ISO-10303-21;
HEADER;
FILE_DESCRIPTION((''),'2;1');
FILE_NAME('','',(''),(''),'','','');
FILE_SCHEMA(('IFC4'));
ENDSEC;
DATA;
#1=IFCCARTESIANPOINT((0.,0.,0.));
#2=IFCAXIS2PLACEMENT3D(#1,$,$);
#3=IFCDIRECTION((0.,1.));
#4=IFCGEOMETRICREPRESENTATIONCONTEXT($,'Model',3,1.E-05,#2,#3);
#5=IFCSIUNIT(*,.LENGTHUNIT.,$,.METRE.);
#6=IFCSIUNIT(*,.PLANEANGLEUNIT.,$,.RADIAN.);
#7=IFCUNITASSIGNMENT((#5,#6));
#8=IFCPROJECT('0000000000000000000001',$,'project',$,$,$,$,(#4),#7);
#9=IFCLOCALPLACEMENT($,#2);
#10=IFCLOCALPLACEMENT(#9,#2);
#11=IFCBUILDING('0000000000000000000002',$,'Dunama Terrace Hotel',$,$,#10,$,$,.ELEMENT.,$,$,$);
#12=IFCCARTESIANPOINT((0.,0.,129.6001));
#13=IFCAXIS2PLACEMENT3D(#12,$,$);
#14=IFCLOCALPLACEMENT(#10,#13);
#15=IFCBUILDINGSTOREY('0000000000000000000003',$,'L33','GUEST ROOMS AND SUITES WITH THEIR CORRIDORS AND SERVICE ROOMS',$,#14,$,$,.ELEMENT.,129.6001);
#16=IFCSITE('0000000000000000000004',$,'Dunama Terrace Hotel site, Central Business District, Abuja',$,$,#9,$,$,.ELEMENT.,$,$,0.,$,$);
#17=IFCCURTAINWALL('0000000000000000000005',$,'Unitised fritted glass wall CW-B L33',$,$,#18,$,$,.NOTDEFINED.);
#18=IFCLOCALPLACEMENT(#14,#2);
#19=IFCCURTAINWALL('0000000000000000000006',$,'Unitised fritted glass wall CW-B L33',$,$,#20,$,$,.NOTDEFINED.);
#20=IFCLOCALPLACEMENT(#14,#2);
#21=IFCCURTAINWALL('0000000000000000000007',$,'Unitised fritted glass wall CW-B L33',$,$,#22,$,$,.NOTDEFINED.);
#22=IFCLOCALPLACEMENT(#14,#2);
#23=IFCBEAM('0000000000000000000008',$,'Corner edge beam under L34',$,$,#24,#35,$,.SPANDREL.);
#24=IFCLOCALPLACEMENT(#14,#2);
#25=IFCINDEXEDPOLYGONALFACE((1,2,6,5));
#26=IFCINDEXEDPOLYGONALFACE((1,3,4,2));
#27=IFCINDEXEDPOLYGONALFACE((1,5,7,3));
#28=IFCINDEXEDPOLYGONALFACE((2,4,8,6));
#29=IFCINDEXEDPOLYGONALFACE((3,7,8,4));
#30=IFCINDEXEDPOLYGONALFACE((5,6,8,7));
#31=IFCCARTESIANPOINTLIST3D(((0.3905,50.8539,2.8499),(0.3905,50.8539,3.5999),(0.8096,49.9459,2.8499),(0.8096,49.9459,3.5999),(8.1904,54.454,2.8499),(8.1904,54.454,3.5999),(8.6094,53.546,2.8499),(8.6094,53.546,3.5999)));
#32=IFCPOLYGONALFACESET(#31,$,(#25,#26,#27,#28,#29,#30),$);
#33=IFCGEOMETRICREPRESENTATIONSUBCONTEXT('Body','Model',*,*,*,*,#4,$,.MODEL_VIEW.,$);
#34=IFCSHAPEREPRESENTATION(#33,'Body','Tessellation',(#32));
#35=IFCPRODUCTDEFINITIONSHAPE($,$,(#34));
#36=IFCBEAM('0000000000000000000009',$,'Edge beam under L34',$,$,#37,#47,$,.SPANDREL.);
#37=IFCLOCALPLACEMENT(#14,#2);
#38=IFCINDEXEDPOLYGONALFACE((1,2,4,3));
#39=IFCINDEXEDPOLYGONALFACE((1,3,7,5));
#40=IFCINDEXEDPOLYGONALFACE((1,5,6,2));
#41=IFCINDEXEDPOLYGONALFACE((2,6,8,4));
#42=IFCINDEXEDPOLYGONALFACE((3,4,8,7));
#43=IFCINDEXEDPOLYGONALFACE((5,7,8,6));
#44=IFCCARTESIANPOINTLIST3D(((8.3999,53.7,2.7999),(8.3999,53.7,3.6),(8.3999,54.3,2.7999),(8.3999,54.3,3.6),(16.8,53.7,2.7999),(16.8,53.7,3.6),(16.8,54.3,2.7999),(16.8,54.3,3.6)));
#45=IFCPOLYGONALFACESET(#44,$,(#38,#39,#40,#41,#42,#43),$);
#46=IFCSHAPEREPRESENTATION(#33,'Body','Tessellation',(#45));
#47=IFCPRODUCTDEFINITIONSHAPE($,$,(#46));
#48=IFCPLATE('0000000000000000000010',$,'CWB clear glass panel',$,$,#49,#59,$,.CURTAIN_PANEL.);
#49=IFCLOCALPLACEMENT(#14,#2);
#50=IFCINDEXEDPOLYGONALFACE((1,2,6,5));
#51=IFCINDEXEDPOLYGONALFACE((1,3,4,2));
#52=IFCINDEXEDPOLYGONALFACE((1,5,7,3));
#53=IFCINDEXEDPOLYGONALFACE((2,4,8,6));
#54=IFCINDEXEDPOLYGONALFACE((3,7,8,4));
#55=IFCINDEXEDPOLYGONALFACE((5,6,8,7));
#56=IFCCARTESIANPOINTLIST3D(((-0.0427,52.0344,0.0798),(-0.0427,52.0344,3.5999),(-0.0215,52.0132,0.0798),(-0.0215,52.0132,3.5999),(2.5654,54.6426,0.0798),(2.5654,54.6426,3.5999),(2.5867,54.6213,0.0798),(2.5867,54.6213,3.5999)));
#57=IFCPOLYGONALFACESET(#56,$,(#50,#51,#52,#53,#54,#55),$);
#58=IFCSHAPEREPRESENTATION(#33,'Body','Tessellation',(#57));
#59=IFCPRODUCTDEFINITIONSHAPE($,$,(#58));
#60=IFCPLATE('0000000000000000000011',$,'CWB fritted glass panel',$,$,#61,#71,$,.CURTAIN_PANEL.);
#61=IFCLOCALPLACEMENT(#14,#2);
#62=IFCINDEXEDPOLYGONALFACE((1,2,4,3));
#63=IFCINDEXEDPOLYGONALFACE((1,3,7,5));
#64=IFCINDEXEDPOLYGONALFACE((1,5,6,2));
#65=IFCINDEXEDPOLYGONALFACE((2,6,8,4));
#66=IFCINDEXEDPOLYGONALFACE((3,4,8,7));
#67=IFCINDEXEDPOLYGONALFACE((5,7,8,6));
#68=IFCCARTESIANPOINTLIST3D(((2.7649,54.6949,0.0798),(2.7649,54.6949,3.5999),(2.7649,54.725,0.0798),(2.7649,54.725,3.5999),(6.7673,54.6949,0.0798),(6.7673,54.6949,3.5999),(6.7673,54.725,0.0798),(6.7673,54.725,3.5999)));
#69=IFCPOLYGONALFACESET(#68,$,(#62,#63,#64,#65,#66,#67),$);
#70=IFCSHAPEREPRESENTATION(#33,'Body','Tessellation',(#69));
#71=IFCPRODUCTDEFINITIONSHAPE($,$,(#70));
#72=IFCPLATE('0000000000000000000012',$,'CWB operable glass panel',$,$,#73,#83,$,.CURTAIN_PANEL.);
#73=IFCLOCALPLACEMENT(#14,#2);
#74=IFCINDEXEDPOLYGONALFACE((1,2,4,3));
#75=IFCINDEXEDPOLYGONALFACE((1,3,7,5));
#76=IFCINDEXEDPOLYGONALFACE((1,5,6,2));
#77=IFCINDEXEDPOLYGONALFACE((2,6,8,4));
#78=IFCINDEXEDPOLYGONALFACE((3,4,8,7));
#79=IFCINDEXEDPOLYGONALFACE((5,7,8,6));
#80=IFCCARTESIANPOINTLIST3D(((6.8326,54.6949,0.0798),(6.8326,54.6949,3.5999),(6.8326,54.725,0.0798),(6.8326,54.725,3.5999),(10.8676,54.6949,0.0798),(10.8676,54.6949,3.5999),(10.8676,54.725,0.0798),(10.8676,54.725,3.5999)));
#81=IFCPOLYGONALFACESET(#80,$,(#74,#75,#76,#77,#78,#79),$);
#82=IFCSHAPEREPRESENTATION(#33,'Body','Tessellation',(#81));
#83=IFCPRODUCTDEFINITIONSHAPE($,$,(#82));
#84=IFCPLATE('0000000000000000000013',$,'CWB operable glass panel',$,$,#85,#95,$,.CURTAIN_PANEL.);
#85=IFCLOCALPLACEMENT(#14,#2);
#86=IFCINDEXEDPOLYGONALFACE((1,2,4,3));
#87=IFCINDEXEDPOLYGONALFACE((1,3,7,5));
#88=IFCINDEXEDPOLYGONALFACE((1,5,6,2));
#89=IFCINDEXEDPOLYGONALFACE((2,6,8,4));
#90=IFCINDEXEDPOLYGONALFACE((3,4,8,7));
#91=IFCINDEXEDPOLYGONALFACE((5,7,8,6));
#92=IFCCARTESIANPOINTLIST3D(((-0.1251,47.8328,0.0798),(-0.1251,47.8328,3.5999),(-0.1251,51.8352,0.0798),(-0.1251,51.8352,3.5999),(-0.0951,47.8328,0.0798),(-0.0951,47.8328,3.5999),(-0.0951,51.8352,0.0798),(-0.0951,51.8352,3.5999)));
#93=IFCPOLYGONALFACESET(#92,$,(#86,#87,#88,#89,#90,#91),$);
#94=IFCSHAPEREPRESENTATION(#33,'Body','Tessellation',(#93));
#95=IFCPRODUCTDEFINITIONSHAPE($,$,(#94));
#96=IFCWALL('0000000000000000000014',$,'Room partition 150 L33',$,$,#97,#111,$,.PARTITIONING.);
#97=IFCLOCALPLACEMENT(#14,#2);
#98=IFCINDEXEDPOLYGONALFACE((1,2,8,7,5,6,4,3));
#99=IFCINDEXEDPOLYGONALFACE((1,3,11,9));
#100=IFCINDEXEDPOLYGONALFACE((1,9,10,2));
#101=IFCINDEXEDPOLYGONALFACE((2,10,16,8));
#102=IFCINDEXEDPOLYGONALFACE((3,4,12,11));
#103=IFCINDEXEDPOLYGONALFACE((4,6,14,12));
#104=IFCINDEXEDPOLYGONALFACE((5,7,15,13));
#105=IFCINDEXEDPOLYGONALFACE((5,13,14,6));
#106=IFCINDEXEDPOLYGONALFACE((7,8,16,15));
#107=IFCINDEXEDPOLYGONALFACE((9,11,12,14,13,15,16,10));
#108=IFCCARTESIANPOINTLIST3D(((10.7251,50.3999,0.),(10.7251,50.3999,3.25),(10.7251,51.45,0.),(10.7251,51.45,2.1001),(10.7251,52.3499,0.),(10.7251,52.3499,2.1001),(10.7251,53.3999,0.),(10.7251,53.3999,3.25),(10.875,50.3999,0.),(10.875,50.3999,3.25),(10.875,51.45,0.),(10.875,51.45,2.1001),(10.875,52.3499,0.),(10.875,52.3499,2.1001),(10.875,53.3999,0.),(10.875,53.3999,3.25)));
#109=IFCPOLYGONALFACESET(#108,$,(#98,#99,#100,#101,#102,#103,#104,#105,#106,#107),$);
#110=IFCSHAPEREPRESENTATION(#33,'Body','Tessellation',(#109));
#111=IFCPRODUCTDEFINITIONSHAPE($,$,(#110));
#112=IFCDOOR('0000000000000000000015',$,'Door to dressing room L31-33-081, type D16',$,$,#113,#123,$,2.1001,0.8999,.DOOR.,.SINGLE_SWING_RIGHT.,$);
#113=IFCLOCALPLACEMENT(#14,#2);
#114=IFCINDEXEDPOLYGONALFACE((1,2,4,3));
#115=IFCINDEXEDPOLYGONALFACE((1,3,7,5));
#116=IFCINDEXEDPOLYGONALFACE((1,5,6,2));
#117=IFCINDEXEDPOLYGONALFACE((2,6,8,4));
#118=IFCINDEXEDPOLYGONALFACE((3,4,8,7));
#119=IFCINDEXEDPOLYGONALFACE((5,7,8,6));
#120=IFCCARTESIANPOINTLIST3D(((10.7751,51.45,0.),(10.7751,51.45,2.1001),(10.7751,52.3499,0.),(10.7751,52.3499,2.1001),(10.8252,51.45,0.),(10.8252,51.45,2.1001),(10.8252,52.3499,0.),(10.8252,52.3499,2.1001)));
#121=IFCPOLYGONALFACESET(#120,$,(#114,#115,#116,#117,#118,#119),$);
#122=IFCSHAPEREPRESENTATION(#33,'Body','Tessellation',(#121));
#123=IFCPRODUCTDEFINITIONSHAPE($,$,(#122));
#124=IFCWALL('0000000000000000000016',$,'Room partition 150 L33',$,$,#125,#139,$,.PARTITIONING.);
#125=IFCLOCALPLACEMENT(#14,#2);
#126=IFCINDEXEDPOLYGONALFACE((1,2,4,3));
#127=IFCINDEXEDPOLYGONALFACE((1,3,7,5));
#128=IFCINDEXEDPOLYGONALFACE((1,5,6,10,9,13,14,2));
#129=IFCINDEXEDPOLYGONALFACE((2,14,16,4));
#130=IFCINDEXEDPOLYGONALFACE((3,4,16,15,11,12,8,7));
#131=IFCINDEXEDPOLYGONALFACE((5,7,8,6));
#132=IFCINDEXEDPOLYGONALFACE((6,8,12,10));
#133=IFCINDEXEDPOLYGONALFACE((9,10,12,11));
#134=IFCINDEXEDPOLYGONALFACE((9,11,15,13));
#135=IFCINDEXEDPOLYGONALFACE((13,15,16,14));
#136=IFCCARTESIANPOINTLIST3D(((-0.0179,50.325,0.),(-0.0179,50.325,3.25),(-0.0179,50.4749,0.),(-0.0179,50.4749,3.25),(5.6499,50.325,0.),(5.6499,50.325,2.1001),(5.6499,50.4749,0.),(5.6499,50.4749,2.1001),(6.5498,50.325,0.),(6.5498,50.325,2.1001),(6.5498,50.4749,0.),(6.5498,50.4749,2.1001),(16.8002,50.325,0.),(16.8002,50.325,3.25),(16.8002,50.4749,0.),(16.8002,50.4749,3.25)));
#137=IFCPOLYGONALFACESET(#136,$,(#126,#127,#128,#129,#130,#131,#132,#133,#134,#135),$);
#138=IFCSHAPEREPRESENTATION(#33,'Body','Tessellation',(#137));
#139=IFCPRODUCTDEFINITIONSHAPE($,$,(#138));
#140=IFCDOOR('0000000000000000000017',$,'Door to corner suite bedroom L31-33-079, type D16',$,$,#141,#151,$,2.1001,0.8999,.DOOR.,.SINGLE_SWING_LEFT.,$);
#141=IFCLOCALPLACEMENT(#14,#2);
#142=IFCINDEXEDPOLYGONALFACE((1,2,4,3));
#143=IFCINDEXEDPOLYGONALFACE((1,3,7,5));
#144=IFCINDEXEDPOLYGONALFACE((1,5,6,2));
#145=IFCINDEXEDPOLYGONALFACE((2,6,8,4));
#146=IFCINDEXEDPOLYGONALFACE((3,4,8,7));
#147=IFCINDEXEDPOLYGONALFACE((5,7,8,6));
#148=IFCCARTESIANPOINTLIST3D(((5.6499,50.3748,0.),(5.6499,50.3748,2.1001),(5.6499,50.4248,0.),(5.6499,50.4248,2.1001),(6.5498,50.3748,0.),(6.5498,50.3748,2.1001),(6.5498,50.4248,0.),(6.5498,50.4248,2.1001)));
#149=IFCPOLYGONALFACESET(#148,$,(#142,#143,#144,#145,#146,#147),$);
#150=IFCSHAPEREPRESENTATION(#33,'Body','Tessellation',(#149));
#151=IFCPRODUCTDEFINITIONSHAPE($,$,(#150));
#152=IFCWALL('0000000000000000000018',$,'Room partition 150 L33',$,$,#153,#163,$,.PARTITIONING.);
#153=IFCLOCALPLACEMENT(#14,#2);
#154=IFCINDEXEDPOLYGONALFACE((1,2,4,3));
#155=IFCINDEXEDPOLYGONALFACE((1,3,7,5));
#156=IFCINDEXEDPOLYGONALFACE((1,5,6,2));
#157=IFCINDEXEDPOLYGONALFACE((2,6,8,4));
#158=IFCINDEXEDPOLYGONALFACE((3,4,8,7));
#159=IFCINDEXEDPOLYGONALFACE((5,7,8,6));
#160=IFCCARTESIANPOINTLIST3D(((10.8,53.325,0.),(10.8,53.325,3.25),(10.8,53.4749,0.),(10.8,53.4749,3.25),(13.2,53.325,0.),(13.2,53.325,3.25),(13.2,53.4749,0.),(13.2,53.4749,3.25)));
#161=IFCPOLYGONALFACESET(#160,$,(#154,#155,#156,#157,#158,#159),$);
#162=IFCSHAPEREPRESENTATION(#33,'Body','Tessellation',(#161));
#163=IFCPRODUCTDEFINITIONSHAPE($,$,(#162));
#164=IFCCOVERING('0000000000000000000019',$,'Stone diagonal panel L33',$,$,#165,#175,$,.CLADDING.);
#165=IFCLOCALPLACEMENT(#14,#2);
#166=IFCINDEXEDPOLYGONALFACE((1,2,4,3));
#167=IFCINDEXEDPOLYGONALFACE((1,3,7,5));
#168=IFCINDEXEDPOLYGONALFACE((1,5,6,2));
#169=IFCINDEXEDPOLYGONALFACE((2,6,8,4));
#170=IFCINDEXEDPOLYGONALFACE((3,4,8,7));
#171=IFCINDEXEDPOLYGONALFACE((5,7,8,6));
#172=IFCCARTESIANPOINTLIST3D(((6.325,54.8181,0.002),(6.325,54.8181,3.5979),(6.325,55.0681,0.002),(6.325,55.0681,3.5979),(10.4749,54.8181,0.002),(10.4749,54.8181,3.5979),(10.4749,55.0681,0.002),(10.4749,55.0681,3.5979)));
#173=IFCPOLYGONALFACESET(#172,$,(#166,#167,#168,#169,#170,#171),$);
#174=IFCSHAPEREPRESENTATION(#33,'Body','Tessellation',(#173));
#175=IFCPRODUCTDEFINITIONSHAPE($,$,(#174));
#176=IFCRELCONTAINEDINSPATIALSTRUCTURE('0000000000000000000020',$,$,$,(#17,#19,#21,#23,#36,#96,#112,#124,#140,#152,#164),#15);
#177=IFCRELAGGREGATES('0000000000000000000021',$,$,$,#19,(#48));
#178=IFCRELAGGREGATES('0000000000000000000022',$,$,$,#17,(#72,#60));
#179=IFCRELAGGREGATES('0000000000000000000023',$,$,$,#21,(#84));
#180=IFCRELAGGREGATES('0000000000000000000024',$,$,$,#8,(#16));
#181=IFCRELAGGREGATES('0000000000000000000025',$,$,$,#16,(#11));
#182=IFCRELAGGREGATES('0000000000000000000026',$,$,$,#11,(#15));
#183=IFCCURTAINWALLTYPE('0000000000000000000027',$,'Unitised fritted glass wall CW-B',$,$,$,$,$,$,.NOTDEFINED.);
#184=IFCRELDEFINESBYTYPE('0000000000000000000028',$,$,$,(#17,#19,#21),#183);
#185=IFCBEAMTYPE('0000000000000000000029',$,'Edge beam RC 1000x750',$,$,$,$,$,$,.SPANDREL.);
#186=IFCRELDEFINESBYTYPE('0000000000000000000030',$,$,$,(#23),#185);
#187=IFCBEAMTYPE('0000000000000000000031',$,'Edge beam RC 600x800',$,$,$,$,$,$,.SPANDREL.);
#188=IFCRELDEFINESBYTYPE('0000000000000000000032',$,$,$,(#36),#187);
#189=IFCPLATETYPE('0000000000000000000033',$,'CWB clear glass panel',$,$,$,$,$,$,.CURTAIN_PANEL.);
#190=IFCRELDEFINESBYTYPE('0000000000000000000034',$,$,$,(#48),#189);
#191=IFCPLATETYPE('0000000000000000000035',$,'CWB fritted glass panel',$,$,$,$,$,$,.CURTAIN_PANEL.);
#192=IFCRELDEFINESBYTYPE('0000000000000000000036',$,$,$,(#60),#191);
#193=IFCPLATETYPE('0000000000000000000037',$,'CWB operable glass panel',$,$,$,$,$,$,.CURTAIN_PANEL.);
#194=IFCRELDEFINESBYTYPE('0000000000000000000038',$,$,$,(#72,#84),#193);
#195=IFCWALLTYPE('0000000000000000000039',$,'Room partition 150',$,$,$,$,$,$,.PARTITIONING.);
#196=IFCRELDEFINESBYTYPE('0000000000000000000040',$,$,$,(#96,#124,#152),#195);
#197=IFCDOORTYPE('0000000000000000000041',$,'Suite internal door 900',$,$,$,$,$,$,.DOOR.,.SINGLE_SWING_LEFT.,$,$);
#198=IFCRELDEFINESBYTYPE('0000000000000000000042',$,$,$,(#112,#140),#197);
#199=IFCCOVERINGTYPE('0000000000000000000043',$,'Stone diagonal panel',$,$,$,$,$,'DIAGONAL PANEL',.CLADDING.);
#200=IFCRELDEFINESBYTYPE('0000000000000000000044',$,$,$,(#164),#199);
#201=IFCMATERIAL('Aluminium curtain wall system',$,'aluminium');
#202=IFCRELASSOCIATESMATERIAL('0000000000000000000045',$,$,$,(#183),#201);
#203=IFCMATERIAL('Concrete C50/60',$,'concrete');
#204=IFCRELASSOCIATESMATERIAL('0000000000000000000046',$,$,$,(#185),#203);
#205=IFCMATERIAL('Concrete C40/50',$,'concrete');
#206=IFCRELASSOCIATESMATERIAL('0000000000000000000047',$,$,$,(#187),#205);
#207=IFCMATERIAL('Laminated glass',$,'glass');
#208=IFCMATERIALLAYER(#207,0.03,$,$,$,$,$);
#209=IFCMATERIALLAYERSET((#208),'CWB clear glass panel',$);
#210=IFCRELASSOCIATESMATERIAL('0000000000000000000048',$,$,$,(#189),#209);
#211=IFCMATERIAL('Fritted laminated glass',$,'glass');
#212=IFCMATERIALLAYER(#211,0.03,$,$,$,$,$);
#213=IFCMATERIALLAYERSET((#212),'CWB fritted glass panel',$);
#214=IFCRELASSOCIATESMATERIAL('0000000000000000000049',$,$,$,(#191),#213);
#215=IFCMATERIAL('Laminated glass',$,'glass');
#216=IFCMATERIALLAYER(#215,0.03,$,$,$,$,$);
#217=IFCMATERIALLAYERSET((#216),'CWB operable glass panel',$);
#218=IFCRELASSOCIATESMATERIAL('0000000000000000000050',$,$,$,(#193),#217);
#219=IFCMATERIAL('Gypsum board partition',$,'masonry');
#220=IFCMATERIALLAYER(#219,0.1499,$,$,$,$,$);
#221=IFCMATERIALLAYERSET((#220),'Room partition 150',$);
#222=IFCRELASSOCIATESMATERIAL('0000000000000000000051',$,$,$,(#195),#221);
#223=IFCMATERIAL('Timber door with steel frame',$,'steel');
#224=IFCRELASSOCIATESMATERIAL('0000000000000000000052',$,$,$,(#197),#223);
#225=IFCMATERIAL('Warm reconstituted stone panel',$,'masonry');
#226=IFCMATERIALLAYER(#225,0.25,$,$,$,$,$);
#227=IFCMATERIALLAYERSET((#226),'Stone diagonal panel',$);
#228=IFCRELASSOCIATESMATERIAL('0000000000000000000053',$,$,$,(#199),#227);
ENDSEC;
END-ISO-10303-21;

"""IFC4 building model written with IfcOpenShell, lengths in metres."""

from ifc_helpers import new_model, si_unit, direction, frame, frame_2d, origin, origin_2d, place, context, subcontext, project, spatial, rectangle, extrude, material, layer, layer_set, material_profile, profile_set, type_object, element, fill, aggregate, save


model = new_model("IFC4")

# Units and contexts
model_context = context("Model", 3, precision=1e-05, world=origin(), true_north=direction((0.0, 1.0)))
body_context = subcontext(model_context, "Body", "Model", "MODEL_VIEW")
ifc_project = project(units=[si_unit("LENGTHUNIT", "METRE"), si_unit("PLANEANGLEUNIT", "RADIAN")], contexts=[model_context])

# Site, building, storey
site_placement = place(None, origin())
site = spatial("IfcSite", under=ifc_project, at=site_placement, Name="Dunama Terrace Hotel site, Central Business District, Abuja", CompositionType="ELEMENT", RefElevation=0.0)
building_placement = place(site_placement, origin())
building = spatial("IfcBuilding", under=site, at=building_placement, Name="Dunama Terrace Hotel", CompositionType="ELEMENT")
storey_placement = place(building_placement, frame((0.0, 0.0, 129.6001)))
storey = spatial("IfcBuildingStorey", under=building, at=storey_placement, Name="L33", Description="GUEST ROOMS AND SUITES WITH THEIR CORRIDORS AND SERVICE ROOMS", CompositionType="ELEMENT", Elevation=129.6001)

# Curtain walls
ifc_material_1 = material(Name="Aluminium curtain wall system", Category="aluminium")
curtain_wall_type = type_object("IfcCurtainWallType", Name="Unitised fritted glass wall CW-B", PredefinedType="NOTDEFINED", material=ifc_material_1)
curtain_wall_1_placement = place(storey_placement, origin())
curtain_wall_1 = element("IfcCurtainWall", 1, at=curtain_wall_1_placement, inside=storey, type_object=curtain_wall_type, Name="Unitised fritted glass wall CW-B L33", PredefinedType="NOTDEFINED")
curtain_wall_2_placement = place(storey_placement, origin())
curtain_wall_2 = element("IfcCurtainWall", 2, at=curtain_wall_2_placement, inside=storey, type_object=curtain_wall_type, Name="Unitised fritted glass wall CW-B L33", PredefinedType="NOTDEFINED")
curtain_wall_3_placement = place(storey_placement, origin())
curtain_wall_3 = element("IfcCurtainWall", 3, at=curtain_wall_3_placement, inside=storey, type_object=curtain_wall_type, Name="Unitised fritted glass wall CW-B L33", PredefinedType="NOTDEFINED")

# Beams
ifc_material_2 = material(Name="Concrete C50/60", Category="concrete")
ifc_material_profile_1 = material_profile(ifc_material_2, rectangle(XDim=1.0, YDim=0.75, at=origin_2d()), Name="RC 1000x750")
ifc_profile_set_1 = profile_set([ifc_material_profile_1], Name="Concrete C50/60")
beam_type_1 = type_object("IfcBeamType", Name="Edge beam RC 1000x750", PredefinedType="SPANDREL", material=ifc_profile_set_1)
beam_1_placement = place(storey_placement, frame((8.3999, 54.0, 3.2249), z_axis=(-0.907951, -0.419076, 0.0), x_axis=(0.419076, -0.907951, 0.0)))
element("IfcBeam", 4, at=beam_1_placement, inside=storey, type_object=beam_type_1, Name="Corner edge beam under L34", PredefinedType="SPANDREL", context=body_context, shape_type="SweptSolid", body=[
    extrude(rectangle(XDim=1.0, YDim=0.75, at=origin_2d()), origin(), (0.0, 0.0, 1.0), 8.5906),
])
ifc_material_3 = material(Name="Concrete C40/50", Category="concrete")
ifc_material_profile_2 = material_profile(ifc_material_3, rectangle(XDim=0.6001, YDim=0.8, at=origin_2d()), Name="RC 600x800")
ifc_profile_set_2 = profile_set([ifc_material_profile_2], Name="Concrete C40/50")
beam_type_2 = type_object("IfcBeamType", Name="Edge beam RC 600x800", PredefinedType="SPANDREL", material=ifc_profile_set_2)
beam_2_placement = place(storey_placement, frame((8.3999, 54.0, 3.2), z_axis=(1.0, 0.0, 0.0), x_axis=(0.0, 1.0, 0.0)))
element("IfcBeam", 5, at=beam_2_placement, inside=storey, type_object=beam_type_2, Name="Edge beam under L34", PredefinedType="SPANDREL", context=body_context, shape_type="SweptSolid", body=[
    extrude(rectangle(XDim=0.6001, YDim=0.8, at=origin_2d()), origin(), (0.0, 0.0, 1.0), 8.4001),
])

# Plates
ifc_material_4 = material(Name="Laminated glass", Category="glass")
ifc_layer_1 = layer(ifc_material_4, 0.03)
ifc_layer_set_1 = layer_set([ifc_layer_1], Name="CWB clear glass panel")
plate_type_1 = type_object("IfcPlateType", Name="CWB clear glass panel", PredefinedType="CURTAIN_PANEL", material=ifc_layer_set_1)
plate_1_placement = place(storey_placement, frame((1.272, 53.3279, 0.0798), z_axis=(0.0, 0.0, 1.0), x_axis=(-0.707107, -0.707107, 0.0)))
plate_1 = element("IfcPlate", 6, at=plate_1_placement, type_object=plate_type_1, Name="CWB clear glass panel", PredefinedType="CURTAIN_PANEL", context=body_context, shape_type="SweptSolid", body=[
    extrude(rectangle(XDim=3.6885, YDim=0.03, at=origin_2d()), origin(), (0.0, 0.0, 1.0), 3.52),
])
aggregate(curtain_wall_2, [plate_1])
ifc_material_5 = material(Name="Fritted laminated glass", Category="glass")
ifc_layer_2 = layer(ifc_material_5, 0.03)
ifc_layer_set_2 = layer_set([ifc_layer_2], Name="CWB fritted glass panel")
plate_type_2 = type_object("IfcPlateType", Name="CWB fritted glass panel", PredefinedType="CURTAIN_PANEL", material=ifc_layer_set_2)
plate_2_placement = place(storey_placement, frame((4.7661, 54.71, 0.0798), z_axis=(0.0, 0.0, 1.0), x_axis=(-1.0, 0.0, 0.0)))
plate_2 = element("IfcPlate", 7, at=plate_2_placement, type_object=plate_type_2, Name="CWB fritted glass panel", PredefinedType="CURTAIN_PANEL", context=body_context, shape_type="SweptSolid", body=[
    extrude(rectangle(XDim=4.0024, YDim=0.03, at=origin_2d()), origin(), (0.0, 0.0, 1.0), 3.52),
])
ifc_material_6 = material(Name="Laminated glass", Category="glass")
ifc_layer_3 = layer(ifc_material_6, 0.03)
ifc_layer_set_3 = layer_set([ifc_layer_3], Name="CWB operable glass panel")
plate_type_3 = type_object("IfcPlateType", Name="CWB operable glass panel", PredefinedType="CURTAIN_PANEL", material=ifc_layer_set_3)
plate_3_placement = place(storey_placement, frame((8.8501, 54.71, 0.0798), z_axis=(0.0, 0.0, 1.0), x_axis=(-1.0, 0.0, 0.0)))
plate_3 = element("IfcPlate", 8, at=plate_3_placement, type_object=plate_type_3, Name="CWB operable glass panel", PredefinedType="CURTAIN_PANEL", context=body_context, shape_type="SweptSolid", body=[
    extrude(rectangle(XDim=4.0349, YDim=0.03, at=origin_2d()), origin(), (0.0, 0.0, 1.0), 3.52),
])
aggregate(curtain_wall_1, [plate_3, plate_2])
plate_4_placement = place(storey_placement, frame((-0.1101, 49.834, 0.0798), z_axis=(0.0, 0.0, 1.0), x_axis=(0.0, -1.0, 0.0)))
plate_4 = element("IfcPlate", 9, at=plate_4_placement, type_object=plate_type_3, Name="CWB operable glass panel", PredefinedType="CURTAIN_PANEL", context=body_context, shape_type="SweptSolid", body=[
    extrude(rectangle(XDim=4.0024, YDim=0.03, at=origin_2d()), origin(), (0.0, 0.0, 1.0), 3.52),
])
aggregate(curtain_wall_3, [plate_4])

# Walls, openings, doors
ifc_material_7 = material(Name="Gypsum board partition", Category="masonry")
ifc_layer_4 = layer(ifc_material_7, 0.1499)
ifc_layer_set_4 = layer_set([ifc_layer_4], Name="Room partition 150")
wall_type = type_object("IfcWallType", Name="Room partition 150", PredefinedType="PARTITIONING", material=ifc_layer_set_4)
wall_1_placement = place(storey_placement, frame((10.8, 50.3999, 0.0), z_axis=(0.0, 0.0, 1.0), x_axis=(0.0, 1.0, 0.0)))
wall_1 = element("IfcWall", 10, at=wall_1_placement, inside=storey, type_object=wall_type, Name="Room partition 150 L33", PredefinedType="PARTITIONING", context=body_context, shape_type="SweptSolid", body=[
    extrude(rectangle(XDim=3.0, YDim=0.1499, at=frame_2d((1.5, 0.0))), origin(), (0.0, 0.0, 1.0), 3.25),
])
opening_1_placement = place(wall_1_placement, frame((1.05, 0.0, 0.0)))
opening_1 = element("IfcOpeningElement", 11, at=opening_1_placement, cuts=wall_1, PredefinedType="OPENING", context=body_context, shape_type="SweptSolid", body=[
    extrude(rectangle(XDim=0.8999, YDim=2.1001, at=frame_2d((0.45, 1.05))), frame((0.0, 0.085, 0.0), z_axis=(0.0, -1.0, 0.0), x_axis=(1.0, 0.0, 0.0)), (0.0, 0.0, 1.0), 0.1699),
])
ifc_material_8 = material(Name="Timber door with steel frame", Category="steel")
door_type = type_object("IfcDoorType", Name="Suite internal door 900", OperationType="SINGLE_SWING_LEFT", PredefinedType="DOOR", material=ifc_material_8)
door_1_placement = place(opening_1_placement, frame((0.8999, 0.0, 0.0), z_axis=(0.0, 0.0, 1.0), x_axis=(-1.0, 0.0, 0.0)))
door_1 = element("IfcDoor", 12, at=door_1_placement, inside=storey, type_object=door_type, Name="Door to dressing room L31-33-081, type D16", OperationType="SINGLE_SWING_RIGHT", OverallHeight=2.1001, OverallWidth=0.8999, PredefinedType="DOOR", context=body_context, shape_type="SweptSolid", body=[
    extrude(rectangle(XDim=0.8999, YDim=2.1001, at=frame_2d((0.45, 1.05))), frame((0.0, 0.0251, 0.0), z_axis=(0.0, -1.0, 0.0), x_axis=(1.0, 0.0, 0.0)), (0.0, 0.0, 1.0), 0.05),
])
fill(opening_1, door_1)
wall_2_placement = place(storey_placement, frame((-0.0181, 50.3999, 0.0), z_axis=(0.0, 0.0, 1.0), x_axis=(1.0, 0.0, 0.0)))
wall_2 = element("IfcWall", 13, at=wall_2_placement, inside=storey, type_object=wall_type, Name="Room partition 150 L33", PredefinedType="PARTITIONING", context=body_context, shape_type="SweptSolid", body=[
    extrude(rectangle(XDim=16.8181, YDim=0.1499, at=frame_2d((8.4092, 0.0))), origin(), (0.0, 0.0, 1.0), 3.25),
])
opening_2_placement = place(wall_2_placement, frame((5.668, 0.0, 0.0)))
opening_2 = element("IfcOpeningElement", 14, at=opening_2_placement, cuts=wall_2, PredefinedType="OPENING", context=body_context, shape_type="SweptSolid", body=[
    extrude(rectangle(XDim=0.8999, YDim=2.1001, at=frame_2d((0.45, 1.05))), frame((0.0, 0.085, 0.0), z_axis=(0.0, -1.0, 0.0), x_axis=(1.0, 0.0, 0.0)), (0.0, 0.0, 1.0), 0.1699),
])
door_2_placement = place(opening_2_placement, origin())
door_2 = element("IfcDoor", 15, at=door_2_placement, inside=storey, type_object=door_type, Name="Door to corner suite bedroom L31-33-079, type D16", OperationType="SINGLE_SWING_LEFT", OverallHeight=2.1001, OverallWidth=0.8999, PredefinedType="DOOR", context=body_context, shape_type="SweptSolid", body=[
    extrude(rectangle(XDim=0.8999, YDim=2.1001, at=frame_2d((0.45, 1.05))), frame((0.0, 0.0249, 0.0), z_axis=(0.0, -1.0, 0.0), x_axis=(1.0, 0.0, 0.0)), (0.0, 0.0, 1.0), 0.05),
])
fill(opening_2, door_2)

# Wall
wall_3_placement = place(storey_placement, frame((10.8, 53.3999, 0.0), z_axis=(0.0, 0.0, 1.0), x_axis=(1.0, 0.0, 0.0)))
element("IfcWall", 16, at=wall_3_placement, inside=storey, type_object=wall_type, Name="Room partition 150 L33", PredefinedType="PARTITIONING", context=body_context, shape_type="SweptSolid", body=[
    extrude(rectangle(XDim=2.3999, YDim=0.1499, at=frame_2d((1.2, 0.0))), origin(), (0.0, 0.0, 1.0), 3.25),
])

# Covering
ifc_material_9 = material(Name="Warm reconstituted stone panel", Category="masonry")
ifc_layer_5 = layer(ifc_material_9, 0.25)
ifc_layer_set_5 = layer_set([ifc_layer_5], Name="Stone diagonal panel")
covering_type = type_object("IfcCoveringType", Name="Stone diagonal panel", ElementType="DIAGONAL PANEL", PredefinedType="CLADDING", material=ifc_layer_set_5)
covering_1_placement = place(storey_placement, frame((8.3999, 54.9431, 0.002), z_axis=(0.0, 0.0, 1.0), x_axis=(-1.0, 0.0, 0.0)))
element("IfcCovering", 17, at=covering_1_placement, inside=storey, type_object=covering_type, Name="Stone diagonal panel L33", PredefinedType="CLADDING", context=body_context, shape_type="SweptSolid", body=[
    extrude(rectangle(XDim=4.1499, YDim=0.25, at=origin_2d()), origin(), (0.0, 0.0, 1.0), 3.5959),
])

save(model, "model.ifc")
